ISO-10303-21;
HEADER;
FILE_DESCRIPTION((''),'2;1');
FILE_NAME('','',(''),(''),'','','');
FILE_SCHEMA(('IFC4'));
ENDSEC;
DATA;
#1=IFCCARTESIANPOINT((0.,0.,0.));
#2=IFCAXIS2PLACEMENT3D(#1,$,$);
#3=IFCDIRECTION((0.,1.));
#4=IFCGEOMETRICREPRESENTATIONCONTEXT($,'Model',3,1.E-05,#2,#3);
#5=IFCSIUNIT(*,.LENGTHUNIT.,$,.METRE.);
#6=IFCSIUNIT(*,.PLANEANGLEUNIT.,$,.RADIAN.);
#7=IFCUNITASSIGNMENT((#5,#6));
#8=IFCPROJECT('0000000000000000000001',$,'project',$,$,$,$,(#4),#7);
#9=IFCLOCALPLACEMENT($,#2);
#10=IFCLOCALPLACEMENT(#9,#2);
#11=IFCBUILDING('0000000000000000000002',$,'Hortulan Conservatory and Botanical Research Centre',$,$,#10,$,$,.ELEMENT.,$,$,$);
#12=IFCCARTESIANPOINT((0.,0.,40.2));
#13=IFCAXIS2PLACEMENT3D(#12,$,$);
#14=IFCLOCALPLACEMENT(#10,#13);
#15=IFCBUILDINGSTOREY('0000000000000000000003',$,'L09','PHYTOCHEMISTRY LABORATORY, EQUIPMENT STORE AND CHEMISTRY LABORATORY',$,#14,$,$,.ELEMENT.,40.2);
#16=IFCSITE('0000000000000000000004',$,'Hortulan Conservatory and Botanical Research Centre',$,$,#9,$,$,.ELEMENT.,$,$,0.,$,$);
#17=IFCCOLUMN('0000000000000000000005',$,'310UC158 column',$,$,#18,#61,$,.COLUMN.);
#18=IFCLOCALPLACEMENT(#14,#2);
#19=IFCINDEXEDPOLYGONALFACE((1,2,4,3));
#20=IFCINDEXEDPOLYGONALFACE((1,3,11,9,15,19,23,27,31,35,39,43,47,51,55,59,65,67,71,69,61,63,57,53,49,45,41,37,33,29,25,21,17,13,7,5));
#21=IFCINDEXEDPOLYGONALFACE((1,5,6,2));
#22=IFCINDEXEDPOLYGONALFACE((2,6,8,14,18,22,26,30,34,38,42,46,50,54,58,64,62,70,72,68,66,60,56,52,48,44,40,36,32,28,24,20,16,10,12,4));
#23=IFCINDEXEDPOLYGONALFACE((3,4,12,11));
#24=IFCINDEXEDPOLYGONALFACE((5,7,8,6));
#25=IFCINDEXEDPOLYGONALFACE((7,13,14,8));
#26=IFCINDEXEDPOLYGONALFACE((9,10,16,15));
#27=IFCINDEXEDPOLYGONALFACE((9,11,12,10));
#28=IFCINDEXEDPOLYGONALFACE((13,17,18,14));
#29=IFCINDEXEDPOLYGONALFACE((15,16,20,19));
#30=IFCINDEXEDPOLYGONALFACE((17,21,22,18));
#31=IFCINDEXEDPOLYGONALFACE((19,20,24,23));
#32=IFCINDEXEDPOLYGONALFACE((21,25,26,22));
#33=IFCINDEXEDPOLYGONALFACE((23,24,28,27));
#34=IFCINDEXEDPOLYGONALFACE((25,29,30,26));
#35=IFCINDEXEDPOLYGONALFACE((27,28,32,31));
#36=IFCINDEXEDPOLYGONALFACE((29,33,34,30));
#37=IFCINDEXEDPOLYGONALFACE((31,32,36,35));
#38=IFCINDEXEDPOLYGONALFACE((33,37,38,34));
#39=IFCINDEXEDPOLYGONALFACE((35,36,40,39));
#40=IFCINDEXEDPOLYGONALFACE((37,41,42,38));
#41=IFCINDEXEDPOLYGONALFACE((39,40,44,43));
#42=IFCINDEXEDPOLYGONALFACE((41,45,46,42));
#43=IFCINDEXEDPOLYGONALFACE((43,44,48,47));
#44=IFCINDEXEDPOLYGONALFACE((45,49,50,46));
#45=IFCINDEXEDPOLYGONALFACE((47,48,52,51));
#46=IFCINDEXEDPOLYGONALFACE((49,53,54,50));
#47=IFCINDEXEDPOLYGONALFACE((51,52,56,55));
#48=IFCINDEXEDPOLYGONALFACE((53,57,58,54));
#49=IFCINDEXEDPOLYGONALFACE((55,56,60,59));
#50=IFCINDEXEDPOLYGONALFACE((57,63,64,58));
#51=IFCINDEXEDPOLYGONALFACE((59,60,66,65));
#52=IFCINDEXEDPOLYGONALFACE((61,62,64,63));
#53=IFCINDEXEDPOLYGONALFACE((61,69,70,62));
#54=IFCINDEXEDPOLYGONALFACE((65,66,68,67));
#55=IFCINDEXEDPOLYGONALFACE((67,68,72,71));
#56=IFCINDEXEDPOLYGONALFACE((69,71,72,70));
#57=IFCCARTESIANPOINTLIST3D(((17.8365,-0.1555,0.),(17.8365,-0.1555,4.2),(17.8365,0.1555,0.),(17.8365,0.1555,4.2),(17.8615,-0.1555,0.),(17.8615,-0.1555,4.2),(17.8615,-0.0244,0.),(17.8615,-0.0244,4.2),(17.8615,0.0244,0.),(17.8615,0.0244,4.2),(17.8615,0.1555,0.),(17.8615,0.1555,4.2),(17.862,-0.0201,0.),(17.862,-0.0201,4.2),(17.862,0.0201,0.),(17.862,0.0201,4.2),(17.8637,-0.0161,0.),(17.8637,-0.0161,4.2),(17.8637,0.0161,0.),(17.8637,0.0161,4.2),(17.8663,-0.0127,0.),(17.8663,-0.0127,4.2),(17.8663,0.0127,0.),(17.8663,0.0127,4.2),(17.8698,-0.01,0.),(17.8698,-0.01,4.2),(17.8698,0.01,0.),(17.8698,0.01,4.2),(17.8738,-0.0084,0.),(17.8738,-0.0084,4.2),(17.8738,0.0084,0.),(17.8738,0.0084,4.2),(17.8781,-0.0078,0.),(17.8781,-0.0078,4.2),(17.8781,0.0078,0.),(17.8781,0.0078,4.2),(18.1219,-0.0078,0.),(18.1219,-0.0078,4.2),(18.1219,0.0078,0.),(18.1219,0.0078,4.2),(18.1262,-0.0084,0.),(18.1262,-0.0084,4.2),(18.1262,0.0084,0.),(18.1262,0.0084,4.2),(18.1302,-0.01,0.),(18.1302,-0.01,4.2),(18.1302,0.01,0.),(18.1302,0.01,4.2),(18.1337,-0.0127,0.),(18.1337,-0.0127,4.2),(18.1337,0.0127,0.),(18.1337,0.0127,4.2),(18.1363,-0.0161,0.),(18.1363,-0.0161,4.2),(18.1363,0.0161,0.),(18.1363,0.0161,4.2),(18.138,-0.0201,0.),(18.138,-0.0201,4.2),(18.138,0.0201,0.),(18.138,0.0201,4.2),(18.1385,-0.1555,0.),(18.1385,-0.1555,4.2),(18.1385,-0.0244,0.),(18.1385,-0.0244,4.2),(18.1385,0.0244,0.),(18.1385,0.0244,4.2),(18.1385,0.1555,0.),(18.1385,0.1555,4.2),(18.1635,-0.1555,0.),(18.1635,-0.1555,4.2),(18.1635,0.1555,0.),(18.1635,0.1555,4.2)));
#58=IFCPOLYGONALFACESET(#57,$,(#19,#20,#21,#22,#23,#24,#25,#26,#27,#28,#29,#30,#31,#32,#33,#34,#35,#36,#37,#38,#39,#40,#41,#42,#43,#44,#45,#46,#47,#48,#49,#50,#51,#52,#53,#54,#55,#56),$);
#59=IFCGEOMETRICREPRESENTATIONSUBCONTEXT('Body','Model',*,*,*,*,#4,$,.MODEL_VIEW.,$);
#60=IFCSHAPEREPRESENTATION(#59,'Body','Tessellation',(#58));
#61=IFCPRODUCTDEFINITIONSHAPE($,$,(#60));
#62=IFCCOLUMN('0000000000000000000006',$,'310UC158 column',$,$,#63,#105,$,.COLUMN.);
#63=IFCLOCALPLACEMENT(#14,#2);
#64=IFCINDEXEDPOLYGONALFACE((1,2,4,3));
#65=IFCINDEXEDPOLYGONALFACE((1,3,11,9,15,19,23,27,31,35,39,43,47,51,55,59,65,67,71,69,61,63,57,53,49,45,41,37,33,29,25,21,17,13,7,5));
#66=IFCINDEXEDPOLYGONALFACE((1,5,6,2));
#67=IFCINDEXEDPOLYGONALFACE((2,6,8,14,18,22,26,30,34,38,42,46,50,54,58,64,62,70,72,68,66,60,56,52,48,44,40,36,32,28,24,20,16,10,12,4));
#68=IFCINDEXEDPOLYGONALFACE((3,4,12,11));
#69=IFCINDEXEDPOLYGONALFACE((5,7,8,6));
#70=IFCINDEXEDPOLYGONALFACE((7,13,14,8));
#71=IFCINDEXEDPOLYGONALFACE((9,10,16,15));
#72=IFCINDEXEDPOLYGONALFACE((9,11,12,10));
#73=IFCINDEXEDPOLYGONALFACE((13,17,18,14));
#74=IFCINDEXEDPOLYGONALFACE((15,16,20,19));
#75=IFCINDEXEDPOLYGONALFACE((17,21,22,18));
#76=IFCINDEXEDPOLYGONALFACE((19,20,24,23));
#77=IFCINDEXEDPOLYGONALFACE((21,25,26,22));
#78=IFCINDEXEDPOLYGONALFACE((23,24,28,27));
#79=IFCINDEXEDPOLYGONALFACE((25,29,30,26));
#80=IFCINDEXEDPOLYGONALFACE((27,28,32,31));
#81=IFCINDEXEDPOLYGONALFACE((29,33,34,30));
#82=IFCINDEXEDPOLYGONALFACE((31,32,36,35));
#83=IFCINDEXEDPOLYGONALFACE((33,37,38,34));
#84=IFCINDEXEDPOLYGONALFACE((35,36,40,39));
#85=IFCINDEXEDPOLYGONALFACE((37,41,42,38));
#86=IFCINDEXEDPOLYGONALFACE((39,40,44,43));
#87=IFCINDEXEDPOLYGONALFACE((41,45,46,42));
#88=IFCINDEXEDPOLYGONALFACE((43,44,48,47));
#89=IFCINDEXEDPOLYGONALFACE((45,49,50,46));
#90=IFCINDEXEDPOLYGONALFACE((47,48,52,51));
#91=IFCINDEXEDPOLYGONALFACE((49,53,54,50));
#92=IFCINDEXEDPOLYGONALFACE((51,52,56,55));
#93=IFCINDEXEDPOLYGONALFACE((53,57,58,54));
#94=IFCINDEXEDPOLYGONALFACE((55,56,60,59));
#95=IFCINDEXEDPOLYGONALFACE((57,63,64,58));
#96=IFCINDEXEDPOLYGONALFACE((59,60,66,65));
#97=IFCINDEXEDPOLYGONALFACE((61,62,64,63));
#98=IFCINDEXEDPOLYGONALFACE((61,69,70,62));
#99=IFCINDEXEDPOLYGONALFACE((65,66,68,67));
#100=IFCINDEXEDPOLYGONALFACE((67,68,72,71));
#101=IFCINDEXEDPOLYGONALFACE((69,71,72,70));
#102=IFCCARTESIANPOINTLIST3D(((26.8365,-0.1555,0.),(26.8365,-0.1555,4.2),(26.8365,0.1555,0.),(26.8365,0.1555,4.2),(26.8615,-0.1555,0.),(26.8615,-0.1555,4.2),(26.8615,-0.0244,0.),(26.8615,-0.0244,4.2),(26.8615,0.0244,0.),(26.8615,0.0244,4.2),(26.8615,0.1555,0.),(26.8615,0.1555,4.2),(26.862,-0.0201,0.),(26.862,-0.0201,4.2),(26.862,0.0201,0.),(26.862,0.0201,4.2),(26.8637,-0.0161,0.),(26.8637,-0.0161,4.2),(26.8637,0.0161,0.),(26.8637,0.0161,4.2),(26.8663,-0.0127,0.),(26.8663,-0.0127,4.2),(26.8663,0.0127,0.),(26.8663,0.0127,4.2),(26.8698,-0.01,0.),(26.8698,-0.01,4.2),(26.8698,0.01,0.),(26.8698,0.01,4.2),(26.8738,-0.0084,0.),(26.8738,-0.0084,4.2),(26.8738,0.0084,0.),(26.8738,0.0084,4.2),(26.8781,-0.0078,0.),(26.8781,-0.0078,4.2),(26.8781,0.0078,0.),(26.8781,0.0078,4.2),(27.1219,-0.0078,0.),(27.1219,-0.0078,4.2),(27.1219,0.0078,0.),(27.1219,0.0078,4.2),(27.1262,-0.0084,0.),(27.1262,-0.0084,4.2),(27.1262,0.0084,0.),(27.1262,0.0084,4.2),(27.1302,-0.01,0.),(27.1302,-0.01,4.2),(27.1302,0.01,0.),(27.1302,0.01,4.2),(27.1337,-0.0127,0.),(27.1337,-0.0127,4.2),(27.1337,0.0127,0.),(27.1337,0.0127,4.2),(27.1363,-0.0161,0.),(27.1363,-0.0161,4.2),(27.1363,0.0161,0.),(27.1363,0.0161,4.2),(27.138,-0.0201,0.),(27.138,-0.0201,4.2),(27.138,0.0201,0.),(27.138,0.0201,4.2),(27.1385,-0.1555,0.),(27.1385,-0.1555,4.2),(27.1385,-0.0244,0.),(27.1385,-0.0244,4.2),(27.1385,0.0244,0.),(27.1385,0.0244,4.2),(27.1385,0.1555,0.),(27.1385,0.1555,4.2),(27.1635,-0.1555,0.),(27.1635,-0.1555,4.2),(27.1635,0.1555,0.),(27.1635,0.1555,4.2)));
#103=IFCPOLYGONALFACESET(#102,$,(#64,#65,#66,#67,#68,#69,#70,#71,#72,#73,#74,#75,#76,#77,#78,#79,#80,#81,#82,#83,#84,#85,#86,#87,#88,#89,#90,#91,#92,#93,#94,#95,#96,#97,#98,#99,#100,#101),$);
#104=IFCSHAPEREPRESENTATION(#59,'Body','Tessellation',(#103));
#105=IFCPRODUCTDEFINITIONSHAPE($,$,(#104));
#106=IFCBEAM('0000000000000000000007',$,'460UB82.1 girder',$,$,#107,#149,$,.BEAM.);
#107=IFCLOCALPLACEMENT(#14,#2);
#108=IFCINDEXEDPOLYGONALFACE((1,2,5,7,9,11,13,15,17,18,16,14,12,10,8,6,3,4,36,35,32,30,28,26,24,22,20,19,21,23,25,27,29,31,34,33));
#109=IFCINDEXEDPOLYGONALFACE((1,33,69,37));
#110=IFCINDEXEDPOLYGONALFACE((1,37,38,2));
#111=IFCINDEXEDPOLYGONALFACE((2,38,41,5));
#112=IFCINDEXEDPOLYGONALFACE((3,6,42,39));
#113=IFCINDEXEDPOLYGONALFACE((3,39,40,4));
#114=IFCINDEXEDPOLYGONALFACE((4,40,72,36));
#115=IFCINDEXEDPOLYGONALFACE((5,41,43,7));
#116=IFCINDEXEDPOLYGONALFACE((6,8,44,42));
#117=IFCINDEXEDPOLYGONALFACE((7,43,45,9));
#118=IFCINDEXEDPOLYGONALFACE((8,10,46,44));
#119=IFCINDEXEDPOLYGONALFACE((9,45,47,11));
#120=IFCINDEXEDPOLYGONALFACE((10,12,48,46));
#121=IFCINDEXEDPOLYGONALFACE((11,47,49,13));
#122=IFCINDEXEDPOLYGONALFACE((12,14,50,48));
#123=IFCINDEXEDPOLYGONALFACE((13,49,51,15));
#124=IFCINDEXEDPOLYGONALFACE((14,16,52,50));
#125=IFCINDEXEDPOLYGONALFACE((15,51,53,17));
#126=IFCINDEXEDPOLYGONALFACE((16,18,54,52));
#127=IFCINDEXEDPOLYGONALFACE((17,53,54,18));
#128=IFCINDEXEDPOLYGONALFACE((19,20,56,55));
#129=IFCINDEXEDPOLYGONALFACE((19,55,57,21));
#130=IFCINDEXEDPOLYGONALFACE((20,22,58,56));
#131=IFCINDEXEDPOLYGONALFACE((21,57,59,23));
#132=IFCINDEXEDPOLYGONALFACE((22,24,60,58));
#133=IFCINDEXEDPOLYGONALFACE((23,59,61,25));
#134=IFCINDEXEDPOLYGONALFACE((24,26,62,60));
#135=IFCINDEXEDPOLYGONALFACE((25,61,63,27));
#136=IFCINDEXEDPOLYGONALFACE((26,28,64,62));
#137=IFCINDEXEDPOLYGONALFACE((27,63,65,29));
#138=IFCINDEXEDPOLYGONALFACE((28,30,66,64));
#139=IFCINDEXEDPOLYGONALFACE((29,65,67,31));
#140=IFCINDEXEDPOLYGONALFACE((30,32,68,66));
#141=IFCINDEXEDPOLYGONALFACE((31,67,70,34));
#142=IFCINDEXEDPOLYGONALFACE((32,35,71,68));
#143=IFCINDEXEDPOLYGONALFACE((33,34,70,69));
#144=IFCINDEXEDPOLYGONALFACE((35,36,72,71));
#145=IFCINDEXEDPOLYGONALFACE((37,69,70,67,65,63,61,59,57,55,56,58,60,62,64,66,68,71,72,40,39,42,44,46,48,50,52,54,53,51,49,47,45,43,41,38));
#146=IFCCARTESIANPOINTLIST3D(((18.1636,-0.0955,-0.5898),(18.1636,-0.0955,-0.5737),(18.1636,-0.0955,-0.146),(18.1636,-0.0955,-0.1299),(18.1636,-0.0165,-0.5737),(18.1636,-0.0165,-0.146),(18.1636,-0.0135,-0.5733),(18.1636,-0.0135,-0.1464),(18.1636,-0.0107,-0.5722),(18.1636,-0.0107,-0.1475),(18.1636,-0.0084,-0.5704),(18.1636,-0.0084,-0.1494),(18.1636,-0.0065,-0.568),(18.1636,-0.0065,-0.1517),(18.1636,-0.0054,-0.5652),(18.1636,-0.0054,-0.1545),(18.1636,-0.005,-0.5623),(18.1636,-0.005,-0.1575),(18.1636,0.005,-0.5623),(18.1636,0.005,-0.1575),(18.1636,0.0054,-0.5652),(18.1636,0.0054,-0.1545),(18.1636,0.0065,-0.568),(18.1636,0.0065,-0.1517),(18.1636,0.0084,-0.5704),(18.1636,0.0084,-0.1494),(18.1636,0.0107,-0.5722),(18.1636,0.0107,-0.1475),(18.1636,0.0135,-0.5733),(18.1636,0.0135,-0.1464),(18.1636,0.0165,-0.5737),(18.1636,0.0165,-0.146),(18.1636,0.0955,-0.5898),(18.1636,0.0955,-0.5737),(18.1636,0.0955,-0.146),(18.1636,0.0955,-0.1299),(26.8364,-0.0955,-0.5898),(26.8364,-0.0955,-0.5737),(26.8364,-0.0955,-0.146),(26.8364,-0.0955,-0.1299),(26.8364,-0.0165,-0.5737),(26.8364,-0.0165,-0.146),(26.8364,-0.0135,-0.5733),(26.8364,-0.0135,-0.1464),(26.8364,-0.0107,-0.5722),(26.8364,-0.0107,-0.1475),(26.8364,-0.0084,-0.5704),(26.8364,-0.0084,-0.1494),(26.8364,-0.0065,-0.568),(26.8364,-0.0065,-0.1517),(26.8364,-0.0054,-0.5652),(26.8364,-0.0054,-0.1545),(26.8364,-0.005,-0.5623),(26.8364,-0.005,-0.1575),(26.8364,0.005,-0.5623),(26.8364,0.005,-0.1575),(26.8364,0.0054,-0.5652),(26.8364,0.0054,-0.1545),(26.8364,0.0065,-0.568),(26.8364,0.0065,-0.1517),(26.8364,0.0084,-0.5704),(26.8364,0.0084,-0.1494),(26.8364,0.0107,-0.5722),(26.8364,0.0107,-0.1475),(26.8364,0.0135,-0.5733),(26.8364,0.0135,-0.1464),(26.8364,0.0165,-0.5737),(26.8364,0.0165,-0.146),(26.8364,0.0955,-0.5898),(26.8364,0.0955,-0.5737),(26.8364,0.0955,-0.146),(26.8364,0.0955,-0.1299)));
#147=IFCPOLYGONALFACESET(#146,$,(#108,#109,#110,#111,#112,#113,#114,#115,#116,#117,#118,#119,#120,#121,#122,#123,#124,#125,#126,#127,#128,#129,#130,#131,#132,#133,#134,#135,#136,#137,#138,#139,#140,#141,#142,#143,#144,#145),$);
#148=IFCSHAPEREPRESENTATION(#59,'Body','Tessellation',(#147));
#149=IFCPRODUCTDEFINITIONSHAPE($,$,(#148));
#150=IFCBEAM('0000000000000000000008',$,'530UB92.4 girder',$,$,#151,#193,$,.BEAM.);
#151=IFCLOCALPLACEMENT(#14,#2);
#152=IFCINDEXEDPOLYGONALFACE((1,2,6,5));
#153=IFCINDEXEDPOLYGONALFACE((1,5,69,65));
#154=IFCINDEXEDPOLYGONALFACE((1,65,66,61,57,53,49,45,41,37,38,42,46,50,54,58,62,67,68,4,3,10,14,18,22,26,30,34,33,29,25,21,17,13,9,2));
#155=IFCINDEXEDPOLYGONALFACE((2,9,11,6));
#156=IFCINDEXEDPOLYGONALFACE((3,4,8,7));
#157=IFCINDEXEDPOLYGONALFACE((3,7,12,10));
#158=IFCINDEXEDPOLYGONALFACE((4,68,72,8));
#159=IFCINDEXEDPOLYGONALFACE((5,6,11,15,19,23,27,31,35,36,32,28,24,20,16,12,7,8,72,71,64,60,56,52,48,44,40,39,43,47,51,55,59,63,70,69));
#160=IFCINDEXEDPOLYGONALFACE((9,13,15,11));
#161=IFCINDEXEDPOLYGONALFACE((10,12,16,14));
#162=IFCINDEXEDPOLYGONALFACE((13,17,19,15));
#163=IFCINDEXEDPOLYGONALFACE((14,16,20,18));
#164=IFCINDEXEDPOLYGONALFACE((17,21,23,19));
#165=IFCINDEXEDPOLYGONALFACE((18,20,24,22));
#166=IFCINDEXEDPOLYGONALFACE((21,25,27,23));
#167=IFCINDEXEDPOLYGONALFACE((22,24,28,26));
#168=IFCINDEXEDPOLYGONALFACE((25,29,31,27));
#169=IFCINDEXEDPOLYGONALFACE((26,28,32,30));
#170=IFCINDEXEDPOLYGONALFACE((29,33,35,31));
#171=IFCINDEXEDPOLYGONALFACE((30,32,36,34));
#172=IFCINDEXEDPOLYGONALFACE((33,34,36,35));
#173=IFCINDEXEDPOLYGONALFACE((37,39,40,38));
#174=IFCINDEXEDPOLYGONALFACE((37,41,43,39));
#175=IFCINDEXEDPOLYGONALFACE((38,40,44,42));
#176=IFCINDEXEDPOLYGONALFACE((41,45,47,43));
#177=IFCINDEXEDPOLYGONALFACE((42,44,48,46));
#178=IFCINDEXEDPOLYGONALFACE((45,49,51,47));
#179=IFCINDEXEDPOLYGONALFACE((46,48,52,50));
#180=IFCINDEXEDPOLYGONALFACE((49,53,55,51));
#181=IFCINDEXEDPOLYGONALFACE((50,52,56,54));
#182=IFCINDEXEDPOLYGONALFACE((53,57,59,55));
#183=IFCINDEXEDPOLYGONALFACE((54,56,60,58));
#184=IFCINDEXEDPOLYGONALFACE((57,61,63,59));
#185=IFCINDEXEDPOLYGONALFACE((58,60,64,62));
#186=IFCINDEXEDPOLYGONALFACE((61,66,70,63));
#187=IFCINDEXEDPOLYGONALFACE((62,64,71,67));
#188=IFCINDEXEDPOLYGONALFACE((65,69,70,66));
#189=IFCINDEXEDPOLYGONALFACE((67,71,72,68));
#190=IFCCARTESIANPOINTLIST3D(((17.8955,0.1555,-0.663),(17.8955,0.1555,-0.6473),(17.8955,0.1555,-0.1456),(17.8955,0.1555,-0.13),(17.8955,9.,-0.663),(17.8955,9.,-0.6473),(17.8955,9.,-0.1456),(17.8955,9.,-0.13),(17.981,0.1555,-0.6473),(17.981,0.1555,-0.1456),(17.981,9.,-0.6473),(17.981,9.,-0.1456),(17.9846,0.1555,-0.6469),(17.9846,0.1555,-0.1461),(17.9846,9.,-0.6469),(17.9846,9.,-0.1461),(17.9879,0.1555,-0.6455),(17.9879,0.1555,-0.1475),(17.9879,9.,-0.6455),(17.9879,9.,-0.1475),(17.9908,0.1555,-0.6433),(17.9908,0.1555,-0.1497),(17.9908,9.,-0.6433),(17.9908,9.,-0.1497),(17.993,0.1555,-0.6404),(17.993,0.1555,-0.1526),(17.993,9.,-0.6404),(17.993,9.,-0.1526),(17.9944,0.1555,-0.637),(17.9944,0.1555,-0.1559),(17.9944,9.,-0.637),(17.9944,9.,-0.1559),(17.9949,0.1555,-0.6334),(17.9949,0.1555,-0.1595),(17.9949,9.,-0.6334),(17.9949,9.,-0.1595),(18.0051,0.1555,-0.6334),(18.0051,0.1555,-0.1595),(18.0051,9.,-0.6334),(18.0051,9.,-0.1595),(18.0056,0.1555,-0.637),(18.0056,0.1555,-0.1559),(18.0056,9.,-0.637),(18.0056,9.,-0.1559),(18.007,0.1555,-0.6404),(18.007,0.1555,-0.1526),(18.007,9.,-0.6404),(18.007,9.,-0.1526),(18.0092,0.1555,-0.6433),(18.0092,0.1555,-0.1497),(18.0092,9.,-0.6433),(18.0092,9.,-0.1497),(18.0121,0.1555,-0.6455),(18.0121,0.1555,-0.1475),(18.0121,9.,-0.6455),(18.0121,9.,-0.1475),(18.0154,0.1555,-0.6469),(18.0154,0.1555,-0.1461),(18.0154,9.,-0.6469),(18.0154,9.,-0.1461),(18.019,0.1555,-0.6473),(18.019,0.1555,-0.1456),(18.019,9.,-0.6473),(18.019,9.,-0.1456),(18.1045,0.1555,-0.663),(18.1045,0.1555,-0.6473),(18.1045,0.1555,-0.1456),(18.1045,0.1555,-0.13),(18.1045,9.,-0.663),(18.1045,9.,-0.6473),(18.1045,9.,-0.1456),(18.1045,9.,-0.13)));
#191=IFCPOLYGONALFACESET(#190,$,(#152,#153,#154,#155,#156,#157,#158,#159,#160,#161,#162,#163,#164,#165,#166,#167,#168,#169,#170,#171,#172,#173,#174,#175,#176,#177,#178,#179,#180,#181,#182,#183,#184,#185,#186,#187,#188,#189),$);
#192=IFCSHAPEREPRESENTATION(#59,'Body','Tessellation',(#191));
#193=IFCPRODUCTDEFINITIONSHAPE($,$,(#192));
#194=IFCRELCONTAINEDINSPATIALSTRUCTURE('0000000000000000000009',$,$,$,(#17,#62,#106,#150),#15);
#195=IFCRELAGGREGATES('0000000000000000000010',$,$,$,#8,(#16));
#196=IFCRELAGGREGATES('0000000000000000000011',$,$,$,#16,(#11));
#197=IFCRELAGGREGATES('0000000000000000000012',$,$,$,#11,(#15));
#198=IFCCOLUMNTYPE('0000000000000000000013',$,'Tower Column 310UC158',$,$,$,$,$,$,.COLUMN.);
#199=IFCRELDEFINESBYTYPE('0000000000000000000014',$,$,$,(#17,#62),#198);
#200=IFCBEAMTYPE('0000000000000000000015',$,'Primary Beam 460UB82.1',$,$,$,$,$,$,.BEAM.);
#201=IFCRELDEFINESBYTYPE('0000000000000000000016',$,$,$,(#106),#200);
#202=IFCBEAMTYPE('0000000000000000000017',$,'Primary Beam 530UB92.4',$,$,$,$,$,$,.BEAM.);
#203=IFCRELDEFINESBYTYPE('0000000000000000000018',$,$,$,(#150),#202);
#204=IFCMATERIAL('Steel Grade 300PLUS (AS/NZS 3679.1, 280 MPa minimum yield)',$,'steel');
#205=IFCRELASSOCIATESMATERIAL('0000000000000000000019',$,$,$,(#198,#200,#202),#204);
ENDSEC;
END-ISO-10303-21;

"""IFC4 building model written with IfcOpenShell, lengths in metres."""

from ifc_helpers import new_model, si_unit, direction, frame, origin, origin_2d, place, context, subcontext, project, spatial, i_section, extrude, material, material_profile, profile_set, type_object, element, save


model = new_model("IFC4")

# Units and contexts
model_context = context("Model", 3, precision=1e-05, world=origin(), true_north=direction((0.0, 1.0)))
body_context = subcontext(model_context, "Body", "Model", "MODEL_VIEW")
ifc_project = project(units=[si_unit("LENGTHUNIT", "METRE"), si_unit("PLANEANGLEUNIT", "RADIAN")], contexts=[model_context])

# Site, building, storey
site_placement = place(None, origin())
site = spatial("IfcSite", under=ifc_project, at=site_placement, Name="Hortulan Conservatory and Botanical Research Centre", CompositionType="ELEMENT", RefElevation=0.0)
building_placement = place(site_placement, origin())
building = spatial("IfcBuilding", under=site, at=building_placement, Name="Hortulan Conservatory and Botanical Research Centre", CompositionType="ELEMENT")
storey_placement = place(building_placement, frame((0.0, 0.0, 40.2)))
storey = spatial("IfcBuildingStorey", under=building, at=storey_placement, Name="L09", Description="PHYTOCHEMISTRY LABORATORY, EQUIPMENT STORE AND CHEMISTRY LABORATORY", CompositionType="ELEMENT", Elevation=40.2)

# Columns
ifc_material_1 = material(Name="Steel Grade 300PLUS (AS/NZS 3679.1, 280 MPa minimum yield)", Category="steel")
ifc_material_profile_1 = material_profile(ifc_material_1, i_section(OverallWidth=0.311, OverallDepth=0.3269, WebThickness=0.0156, FlangeThickness=0.0249, FilletRadius=0.0166, at=origin_2d()), Name="310UC158")
ifc_profile_set_1 = profile_set([ifc_material_profile_1], Name="Steel Grade 300PLUS (AS/NZS 3679.1, 280 MPa minimum yield)")
column_type = type_object("IfcColumnType", Name="Tower Column 310UC158", PredefinedType="COLUMN", material=ifc_profile_set_1)
for number, where, z_axis, x_axis, name in (
    (1, (18.0, 0.0, 0.0), (0.0, 0.0, 1.0), (0.0, 1.0, 0.0), "310UC158 column"),
    (2, (27.0, 0.0, 0.0), (0.0, 0.0, 1.0), (0.0, 1.0, 0.0), "310UC158 column"),
):
    element("IfcColumn", number, at=place(storey_placement, frame(where, z_axis=z_axis, x_axis=x_axis)), inside=storey, type_object=column_type, Name=name, PredefinedType="COLUMN", context=body_context, shape_type="SweptSolid", body=[
        extrude(i_section(OverallWidth=0.311, OverallDepth=0.3269, WebThickness=0.0156, FlangeThickness=0.0249, FilletRadius=0.0166, at=origin_2d()), origin(), (0.0, 0.0, 1.0), 4.2),
    ])

# Beams
ifc_material_profile_2 = material_profile(ifc_material_1, i_section(OverallWidth=0.1909, OverallDepth=0.46, WebThickness=0.01, FlangeThickness=0.0161, FilletRadius=0.0115, at=origin_2d()), Name="460UB82.1")
ifc_profile_set_2 = profile_set([ifc_material_profile_2], Name="Steel Grade 300PLUS (AS/NZS 3679.1, 280 MPa minimum yield)")
beam_type_1 = type_object("IfcBeamType", Name="Primary Beam 460UB82.1", PredefinedType="BEAM", material=ifc_profile_set_2)
beam_1_placement = place(storey_placement, frame((18.1636, 0.0, -0.3599), z_axis=(1.0, 0.0, 0.0), x_axis=(0.0, 1.0, 0.0)))
element("IfcBeam", 3, at=beam_1_placement, inside=storey, type_object=beam_type_1, Name="460UB82.1 girder", PredefinedType="BEAM", context=body_context, shape_type="SweptSolid", body=[
    extrude(i_section(OverallWidth=0.1909, OverallDepth=0.46, WebThickness=0.01, FlangeThickness=0.0161, FilletRadius=0.0115, at=origin_2d()), origin(), (0.0, 0.0, 1.0), 8.6729),
])
ifc_material_profile_3 = material_profile(ifc_material_1, i_section(OverallWidth=0.209, OverallDepth=0.533, WebThickness=0.0103, FlangeThickness=0.0156, FilletRadius=0.0139, at=origin_2d()), Name="530UB92.4")
ifc_profile_set_3 = profile_set([ifc_material_profile_3], Name="Steel Grade 300PLUS (AS/NZS 3679.1, 280 MPa minimum yield)")
beam_type_2 = type_object("IfcBeamType", Name="Primary Beam 530UB92.4", PredefinedType="BEAM", material=ifc_profile_set_3)
beam_2_placement = place(storey_placement, frame((18.0, 0.1555, -0.3965), z_axis=(0.0, 1.0, 0.0), x_axis=(-1.0, 0.0, 0.0)))
element("IfcBeam", 4, at=beam_2_placement, inside=storey, type_object=beam_type_2, Name="530UB92.4 girder", PredefinedType="BEAM", context=body_context, shape_type="SweptSolid", body=[
    extrude(i_section(OverallWidth=0.209, OverallDepth=0.533, WebThickness=0.0103, FlangeThickness=0.0156, FilletRadius=0.0139, at=origin_2d()), origin(), (0.0, 0.0, 1.0), 8.8445),
])

save(model, "model.ifc")
